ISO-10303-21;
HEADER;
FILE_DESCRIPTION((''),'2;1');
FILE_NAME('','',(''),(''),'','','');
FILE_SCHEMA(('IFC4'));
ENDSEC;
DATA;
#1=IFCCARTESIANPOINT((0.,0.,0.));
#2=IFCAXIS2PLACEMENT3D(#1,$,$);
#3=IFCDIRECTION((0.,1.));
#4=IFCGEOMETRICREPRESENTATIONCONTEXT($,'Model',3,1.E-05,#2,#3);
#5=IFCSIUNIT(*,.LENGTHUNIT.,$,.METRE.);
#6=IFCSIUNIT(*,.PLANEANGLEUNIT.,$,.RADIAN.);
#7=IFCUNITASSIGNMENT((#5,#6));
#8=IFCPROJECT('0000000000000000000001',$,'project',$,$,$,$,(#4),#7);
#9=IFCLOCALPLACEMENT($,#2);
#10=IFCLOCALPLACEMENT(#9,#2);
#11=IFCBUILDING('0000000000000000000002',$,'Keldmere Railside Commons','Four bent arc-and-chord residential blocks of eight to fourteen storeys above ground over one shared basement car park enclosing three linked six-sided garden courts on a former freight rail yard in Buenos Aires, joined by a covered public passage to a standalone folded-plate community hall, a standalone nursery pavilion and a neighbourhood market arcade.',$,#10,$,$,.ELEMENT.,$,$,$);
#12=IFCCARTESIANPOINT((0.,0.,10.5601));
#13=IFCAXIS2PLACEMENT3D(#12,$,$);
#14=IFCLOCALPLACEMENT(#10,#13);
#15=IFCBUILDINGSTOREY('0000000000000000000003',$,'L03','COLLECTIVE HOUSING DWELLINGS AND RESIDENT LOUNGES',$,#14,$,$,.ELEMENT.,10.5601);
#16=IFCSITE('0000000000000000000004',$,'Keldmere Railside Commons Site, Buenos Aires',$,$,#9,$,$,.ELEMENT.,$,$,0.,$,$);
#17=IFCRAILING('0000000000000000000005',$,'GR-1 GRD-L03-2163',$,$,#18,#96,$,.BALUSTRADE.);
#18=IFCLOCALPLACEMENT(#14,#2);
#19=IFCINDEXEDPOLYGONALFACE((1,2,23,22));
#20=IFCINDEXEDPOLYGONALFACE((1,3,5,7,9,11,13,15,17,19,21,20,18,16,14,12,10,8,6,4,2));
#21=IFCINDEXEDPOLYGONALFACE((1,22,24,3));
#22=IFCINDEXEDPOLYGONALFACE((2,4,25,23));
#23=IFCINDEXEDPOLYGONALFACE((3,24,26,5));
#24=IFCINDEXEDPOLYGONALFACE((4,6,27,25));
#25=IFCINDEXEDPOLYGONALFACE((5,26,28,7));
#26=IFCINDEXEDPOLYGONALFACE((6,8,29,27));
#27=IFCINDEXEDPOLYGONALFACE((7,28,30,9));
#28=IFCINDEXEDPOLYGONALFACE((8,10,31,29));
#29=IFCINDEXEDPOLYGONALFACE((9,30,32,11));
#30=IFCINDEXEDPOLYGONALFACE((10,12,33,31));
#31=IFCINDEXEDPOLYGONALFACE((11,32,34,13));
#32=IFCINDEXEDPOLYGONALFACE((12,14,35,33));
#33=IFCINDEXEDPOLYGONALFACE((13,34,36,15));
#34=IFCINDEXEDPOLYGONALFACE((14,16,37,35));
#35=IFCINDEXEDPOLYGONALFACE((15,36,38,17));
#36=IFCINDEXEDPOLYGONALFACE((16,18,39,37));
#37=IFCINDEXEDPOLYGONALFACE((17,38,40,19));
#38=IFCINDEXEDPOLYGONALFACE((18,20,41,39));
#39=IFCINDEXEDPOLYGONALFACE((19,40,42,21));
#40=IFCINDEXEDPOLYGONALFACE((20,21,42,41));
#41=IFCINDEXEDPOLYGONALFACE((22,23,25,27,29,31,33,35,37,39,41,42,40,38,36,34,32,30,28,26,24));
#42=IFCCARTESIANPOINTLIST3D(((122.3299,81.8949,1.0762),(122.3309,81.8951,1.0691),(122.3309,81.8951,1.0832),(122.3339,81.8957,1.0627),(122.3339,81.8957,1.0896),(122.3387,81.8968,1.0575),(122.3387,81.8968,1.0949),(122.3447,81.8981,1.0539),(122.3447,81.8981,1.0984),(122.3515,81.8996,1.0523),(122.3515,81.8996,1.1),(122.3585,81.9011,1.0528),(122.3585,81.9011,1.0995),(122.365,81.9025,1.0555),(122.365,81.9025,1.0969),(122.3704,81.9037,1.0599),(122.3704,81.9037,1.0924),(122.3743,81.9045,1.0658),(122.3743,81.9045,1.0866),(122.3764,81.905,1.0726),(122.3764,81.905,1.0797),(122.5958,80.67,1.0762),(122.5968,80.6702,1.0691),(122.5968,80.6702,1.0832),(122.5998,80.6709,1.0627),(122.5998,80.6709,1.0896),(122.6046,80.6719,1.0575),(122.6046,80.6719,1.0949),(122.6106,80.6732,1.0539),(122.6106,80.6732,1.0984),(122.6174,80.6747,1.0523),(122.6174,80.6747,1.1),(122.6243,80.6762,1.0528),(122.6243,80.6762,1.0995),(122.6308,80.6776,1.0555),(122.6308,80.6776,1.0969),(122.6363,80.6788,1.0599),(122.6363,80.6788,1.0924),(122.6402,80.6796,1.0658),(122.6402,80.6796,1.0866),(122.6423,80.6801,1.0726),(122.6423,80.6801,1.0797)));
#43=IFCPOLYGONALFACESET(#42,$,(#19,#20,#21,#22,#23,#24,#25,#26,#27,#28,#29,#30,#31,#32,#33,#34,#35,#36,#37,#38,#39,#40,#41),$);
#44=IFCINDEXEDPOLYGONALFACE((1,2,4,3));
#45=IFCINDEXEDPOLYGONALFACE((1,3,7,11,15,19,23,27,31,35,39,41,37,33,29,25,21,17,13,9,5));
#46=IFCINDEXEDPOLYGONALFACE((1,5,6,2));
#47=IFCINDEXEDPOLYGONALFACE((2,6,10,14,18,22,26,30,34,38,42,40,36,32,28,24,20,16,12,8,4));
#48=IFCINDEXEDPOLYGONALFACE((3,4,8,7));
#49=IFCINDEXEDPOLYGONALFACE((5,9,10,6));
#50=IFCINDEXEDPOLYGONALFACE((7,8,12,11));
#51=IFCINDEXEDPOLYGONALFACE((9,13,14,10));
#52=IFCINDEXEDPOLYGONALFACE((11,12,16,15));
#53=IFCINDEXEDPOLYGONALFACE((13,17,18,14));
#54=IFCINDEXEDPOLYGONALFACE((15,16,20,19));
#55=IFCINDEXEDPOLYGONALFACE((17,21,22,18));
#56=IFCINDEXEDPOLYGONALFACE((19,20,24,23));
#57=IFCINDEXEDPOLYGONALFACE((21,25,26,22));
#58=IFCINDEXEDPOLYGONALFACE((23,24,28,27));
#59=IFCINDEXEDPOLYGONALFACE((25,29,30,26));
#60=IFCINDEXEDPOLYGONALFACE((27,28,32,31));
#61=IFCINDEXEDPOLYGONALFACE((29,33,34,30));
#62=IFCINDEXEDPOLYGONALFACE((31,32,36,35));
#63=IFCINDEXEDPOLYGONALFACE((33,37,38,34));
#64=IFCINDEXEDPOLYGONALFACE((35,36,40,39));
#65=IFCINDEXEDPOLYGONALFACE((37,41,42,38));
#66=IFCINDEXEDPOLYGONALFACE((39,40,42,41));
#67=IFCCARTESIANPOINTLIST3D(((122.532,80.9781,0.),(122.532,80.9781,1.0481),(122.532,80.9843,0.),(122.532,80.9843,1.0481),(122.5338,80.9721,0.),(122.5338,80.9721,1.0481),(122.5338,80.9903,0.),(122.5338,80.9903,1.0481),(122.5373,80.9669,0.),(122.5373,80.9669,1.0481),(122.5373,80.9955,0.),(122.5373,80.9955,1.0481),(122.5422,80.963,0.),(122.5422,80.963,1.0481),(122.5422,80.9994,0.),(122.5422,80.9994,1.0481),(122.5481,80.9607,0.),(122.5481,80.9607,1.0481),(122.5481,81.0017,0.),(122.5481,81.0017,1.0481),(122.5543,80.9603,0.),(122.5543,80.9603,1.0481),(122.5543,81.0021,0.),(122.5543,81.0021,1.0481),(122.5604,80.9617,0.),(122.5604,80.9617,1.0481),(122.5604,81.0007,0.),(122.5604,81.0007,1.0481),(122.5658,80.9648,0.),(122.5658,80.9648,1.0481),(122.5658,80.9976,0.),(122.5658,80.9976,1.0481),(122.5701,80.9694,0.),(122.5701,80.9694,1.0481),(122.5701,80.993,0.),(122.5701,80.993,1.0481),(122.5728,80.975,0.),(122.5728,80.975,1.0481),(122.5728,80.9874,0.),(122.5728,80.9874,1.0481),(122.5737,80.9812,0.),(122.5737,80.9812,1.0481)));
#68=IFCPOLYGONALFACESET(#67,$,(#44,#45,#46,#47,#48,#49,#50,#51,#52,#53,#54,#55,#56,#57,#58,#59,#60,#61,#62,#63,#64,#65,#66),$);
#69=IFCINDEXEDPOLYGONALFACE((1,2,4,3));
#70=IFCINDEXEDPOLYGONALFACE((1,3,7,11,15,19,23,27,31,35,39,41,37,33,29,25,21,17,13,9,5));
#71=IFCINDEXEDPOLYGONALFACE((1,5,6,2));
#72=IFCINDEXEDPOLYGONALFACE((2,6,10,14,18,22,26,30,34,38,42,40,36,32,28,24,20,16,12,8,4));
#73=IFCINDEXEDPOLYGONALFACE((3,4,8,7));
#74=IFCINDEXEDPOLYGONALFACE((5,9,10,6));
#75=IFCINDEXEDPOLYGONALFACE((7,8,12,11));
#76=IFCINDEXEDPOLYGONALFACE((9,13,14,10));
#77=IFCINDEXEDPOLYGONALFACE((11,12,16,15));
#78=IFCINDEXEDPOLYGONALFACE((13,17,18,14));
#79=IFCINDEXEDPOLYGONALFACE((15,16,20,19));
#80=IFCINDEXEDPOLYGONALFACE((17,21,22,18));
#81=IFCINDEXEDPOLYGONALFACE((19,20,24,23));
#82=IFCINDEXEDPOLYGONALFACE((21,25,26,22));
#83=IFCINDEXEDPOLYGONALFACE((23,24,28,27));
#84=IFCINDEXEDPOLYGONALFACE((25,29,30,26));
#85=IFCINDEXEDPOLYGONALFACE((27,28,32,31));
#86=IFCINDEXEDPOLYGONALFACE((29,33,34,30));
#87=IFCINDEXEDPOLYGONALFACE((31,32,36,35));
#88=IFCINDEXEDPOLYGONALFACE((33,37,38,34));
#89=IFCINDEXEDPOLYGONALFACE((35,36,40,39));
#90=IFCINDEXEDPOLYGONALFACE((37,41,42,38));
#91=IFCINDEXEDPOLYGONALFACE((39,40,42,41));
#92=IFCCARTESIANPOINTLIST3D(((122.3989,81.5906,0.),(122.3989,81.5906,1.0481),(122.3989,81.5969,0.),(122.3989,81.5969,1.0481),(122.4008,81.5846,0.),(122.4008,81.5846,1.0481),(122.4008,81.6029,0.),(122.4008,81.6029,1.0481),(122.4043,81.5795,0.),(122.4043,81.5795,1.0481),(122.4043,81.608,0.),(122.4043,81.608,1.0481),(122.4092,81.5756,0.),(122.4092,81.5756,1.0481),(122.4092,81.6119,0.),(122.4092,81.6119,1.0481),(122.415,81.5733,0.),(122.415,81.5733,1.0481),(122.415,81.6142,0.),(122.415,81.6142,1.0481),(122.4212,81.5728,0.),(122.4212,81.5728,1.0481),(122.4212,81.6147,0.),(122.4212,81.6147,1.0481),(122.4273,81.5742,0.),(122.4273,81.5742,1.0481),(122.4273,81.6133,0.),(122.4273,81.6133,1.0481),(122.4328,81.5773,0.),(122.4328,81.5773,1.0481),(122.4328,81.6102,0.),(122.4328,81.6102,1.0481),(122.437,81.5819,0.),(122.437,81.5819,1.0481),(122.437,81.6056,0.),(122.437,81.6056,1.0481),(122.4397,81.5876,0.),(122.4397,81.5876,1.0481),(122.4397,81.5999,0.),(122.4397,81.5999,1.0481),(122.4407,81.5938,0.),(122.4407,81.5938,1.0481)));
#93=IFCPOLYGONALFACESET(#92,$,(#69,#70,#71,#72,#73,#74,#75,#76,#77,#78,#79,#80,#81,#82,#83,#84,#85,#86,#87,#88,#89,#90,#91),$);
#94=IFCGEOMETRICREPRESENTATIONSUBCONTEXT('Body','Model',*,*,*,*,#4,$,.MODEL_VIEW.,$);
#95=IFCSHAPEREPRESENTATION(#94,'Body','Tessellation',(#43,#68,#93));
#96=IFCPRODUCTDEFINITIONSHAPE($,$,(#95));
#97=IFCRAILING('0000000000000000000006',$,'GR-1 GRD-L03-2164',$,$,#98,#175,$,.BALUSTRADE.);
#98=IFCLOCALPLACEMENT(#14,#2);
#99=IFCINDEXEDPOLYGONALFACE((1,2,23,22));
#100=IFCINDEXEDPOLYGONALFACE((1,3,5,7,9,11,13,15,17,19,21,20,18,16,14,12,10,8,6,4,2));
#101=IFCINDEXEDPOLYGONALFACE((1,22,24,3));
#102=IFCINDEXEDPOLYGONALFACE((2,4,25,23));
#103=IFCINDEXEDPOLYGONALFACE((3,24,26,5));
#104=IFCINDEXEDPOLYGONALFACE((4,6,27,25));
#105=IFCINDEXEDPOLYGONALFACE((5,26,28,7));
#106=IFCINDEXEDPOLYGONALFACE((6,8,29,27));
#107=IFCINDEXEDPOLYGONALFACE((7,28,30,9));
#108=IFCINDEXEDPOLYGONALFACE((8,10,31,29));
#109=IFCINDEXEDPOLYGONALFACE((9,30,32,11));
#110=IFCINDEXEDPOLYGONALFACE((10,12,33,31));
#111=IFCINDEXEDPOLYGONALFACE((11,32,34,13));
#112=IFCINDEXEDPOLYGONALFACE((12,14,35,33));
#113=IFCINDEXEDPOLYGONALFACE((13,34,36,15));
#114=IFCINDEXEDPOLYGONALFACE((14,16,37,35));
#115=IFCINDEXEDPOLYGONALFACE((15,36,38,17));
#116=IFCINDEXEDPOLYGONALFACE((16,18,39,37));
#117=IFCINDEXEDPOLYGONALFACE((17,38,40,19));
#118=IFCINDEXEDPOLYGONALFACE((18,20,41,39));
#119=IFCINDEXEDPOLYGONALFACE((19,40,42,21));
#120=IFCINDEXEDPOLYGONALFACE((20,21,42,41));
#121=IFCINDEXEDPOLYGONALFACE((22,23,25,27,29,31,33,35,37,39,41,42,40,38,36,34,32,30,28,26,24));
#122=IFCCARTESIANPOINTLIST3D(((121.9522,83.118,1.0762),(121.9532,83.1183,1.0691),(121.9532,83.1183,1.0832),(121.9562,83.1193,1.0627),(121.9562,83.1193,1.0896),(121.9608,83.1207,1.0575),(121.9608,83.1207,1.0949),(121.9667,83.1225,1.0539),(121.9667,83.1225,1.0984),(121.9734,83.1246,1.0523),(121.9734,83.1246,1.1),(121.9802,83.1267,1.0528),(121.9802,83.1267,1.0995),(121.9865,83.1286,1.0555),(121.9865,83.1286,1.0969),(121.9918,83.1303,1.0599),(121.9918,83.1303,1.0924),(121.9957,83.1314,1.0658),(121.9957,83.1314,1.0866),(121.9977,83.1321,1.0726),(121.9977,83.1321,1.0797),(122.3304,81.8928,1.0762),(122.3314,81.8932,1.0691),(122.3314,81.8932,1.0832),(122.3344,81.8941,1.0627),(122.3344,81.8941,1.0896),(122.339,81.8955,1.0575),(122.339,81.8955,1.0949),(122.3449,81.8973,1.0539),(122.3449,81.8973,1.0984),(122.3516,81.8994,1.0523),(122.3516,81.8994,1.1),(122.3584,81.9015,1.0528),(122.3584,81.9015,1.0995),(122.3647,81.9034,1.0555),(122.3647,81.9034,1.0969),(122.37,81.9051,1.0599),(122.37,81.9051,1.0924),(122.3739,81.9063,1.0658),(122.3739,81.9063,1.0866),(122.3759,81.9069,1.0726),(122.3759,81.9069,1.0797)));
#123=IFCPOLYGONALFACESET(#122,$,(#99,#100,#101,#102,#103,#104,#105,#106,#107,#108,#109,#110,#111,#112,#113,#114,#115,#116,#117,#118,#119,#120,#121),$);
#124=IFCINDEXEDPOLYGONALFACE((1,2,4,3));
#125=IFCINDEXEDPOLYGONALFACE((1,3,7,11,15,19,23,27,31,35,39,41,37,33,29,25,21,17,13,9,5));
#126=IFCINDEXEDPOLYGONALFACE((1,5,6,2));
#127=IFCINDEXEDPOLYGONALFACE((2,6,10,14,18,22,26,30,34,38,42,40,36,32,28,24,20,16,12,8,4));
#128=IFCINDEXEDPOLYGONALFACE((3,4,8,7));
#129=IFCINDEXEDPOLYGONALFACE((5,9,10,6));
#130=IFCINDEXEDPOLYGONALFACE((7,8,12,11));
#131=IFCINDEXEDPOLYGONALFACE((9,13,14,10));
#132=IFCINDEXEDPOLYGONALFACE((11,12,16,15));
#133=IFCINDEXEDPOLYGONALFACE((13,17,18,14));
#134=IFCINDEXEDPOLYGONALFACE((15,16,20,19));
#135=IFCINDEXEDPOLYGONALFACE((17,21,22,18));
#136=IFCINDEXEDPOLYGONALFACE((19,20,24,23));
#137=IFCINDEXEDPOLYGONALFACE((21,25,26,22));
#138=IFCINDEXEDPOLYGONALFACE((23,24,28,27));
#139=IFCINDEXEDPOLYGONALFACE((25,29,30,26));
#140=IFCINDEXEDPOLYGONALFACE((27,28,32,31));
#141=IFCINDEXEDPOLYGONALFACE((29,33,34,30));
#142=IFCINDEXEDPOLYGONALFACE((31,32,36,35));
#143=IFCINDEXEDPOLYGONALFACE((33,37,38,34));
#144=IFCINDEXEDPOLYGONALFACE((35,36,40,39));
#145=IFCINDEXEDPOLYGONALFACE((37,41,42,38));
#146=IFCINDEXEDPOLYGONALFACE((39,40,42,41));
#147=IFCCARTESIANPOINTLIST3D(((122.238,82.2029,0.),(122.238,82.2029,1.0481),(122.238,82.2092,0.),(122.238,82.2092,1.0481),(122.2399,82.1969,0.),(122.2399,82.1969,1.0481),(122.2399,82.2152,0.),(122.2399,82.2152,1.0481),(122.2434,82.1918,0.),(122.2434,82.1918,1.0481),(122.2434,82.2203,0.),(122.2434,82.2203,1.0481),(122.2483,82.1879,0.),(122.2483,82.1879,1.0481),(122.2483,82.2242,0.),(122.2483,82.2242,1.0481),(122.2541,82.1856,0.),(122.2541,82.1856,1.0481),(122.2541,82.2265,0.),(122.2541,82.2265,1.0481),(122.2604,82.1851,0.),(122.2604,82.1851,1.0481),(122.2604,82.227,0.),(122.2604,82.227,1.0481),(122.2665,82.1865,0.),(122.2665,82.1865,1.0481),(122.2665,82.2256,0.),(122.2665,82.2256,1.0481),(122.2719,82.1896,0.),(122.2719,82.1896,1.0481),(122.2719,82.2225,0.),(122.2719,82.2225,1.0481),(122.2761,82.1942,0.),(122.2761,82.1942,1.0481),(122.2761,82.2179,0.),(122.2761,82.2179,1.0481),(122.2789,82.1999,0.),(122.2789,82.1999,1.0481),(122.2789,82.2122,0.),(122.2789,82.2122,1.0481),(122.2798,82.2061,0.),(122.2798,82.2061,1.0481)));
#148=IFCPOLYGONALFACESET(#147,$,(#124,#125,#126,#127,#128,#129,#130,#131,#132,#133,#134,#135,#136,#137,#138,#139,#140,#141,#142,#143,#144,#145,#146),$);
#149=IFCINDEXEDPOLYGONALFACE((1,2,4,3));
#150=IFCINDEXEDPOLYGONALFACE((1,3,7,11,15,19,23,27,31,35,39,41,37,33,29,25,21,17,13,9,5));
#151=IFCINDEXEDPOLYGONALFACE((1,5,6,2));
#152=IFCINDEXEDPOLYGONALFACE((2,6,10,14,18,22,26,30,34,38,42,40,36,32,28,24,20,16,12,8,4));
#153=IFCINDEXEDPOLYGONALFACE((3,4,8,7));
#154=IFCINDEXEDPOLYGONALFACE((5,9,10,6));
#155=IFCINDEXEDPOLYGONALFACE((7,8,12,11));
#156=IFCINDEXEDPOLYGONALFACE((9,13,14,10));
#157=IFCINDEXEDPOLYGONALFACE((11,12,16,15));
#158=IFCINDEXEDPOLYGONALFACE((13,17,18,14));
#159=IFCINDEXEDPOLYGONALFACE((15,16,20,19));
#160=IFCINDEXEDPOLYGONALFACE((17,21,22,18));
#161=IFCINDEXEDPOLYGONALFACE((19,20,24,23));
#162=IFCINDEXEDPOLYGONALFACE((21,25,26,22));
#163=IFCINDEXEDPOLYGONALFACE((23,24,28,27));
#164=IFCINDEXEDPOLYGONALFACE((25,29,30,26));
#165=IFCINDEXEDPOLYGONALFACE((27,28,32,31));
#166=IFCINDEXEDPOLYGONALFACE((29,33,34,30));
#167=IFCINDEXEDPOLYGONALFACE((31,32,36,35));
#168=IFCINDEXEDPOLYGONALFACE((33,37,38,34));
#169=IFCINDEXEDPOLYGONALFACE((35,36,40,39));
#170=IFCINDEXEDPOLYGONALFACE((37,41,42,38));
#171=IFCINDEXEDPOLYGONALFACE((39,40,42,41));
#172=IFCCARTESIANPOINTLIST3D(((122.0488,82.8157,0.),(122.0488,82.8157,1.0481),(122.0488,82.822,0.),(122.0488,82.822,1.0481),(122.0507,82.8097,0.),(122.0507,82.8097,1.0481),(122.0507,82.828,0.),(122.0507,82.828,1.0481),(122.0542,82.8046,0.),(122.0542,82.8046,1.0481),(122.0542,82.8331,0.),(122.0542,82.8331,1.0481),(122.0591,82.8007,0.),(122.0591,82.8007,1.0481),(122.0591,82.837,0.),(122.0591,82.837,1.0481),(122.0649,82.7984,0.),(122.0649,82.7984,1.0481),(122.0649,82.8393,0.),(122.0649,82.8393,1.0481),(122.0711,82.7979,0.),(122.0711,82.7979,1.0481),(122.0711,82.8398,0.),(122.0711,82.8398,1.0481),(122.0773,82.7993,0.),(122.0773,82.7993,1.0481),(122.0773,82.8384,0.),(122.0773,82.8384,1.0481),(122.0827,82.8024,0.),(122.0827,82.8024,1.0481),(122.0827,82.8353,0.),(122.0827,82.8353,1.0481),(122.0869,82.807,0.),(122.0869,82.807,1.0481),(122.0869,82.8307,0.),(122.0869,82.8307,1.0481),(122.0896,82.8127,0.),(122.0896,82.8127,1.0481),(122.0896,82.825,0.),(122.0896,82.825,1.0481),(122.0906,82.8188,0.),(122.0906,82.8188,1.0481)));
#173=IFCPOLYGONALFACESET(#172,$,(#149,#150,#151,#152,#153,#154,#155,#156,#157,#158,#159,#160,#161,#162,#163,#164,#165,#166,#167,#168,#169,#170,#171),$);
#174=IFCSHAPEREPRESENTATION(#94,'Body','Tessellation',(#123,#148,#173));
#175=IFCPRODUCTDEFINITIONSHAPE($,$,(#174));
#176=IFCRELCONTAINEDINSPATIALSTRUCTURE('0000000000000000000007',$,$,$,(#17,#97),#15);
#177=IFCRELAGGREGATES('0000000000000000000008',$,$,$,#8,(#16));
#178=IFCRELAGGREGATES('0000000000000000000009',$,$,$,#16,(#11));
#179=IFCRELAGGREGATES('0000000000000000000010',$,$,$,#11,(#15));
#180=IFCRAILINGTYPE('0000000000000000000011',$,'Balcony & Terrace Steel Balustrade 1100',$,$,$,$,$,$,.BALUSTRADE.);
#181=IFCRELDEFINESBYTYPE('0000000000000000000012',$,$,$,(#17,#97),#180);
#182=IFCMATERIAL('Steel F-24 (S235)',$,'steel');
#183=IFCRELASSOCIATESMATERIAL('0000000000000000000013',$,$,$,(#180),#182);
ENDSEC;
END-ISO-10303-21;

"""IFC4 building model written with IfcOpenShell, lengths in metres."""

from ifc_helpers import new_model, si_unit, direction, frame, origin, origin_2d, place, context, subcontext, project, spatial, circle, extrude, material, type_object, element, save


model = new_model("IFC4")

# Units and contexts
model_context = context("Model", 3, precision=1e-05, world=origin(), true_north=direction((0.0, 1.0)))
body_context = subcontext(model_context, "Body", "Model", "MODEL_VIEW")
ifc_project = project(units=[si_unit("LENGTHUNIT", "METRE"), si_unit("PLANEANGLEUNIT", "RADIAN")], contexts=[model_context])

# Site, building, storey
site_placement = place(None, origin())
site = spatial("IfcSite", under=ifc_project, at=site_placement, Name="Keldmere Railside Commons Site, Buenos Aires", CompositionType="ELEMENT", RefElevation=0.0)
building_placement = place(site_placement, origin())
building = spatial("IfcBuilding", under=site, at=building_placement, Name="Keldmere Railside Commons", Description="Four bent arc-and-chord residential blocks of eight to fourteen storeys above ground over one shared basement car park enclosing three linked six-sided garden courts on a former freight rail yard in Buenos Aires, joined by a covered public passage to a standalone folded-plate community hall, a standalone nursery pavilion and a neighbourhood market arcade.", CompositionType="ELEMENT")
storey_placement = place(building_placement, frame((0.0, 0.0, 10.5601)))
storey = spatial("IfcBuildingStorey", under=building, at=storey_placement, Name="L03", Description="COLLECTIVE HOUSING DWELLINGS AND RESIDENT LOUNGES", CompositionType="ELEMENT", Elevation=10.5601)

# Railings
ifc_material_1 = material(Name="Steel F-24 (S235)", Category="steel")
railing_type = type_object("IfcRailingType", Name="Balcony & Terrace Steel Balustrade 1100", PredefinedType="BALUSTRADE", material=ifc_material_1)
railing_1_placement = place(storey_placement, frame((122.6191, 80.675, 0.0)))
element("IfcRailing", 1, at=railing_1_placement, inside=storey, type_object=railing_type, Name="GR-1 GRD-L03-2163", PredefinedType="BALUSTRADE", context=body_context, shape_type="SweptSolid", body=[
    extrude(circle(Radius=0.0239, at=origin_2d()), frame((0.0, 0.0, 1.0762), z_axis=(-0.212122, 0.977243, 0.0), x_axis=(-0.977243, -0.212122, 0.0)), (0.0, 0.0, 1.0), 1.2534),
    extrude(circle(Radius=0.021, at=origin_2d()), frame((-0.0664, 0.3062, 0.0)), (0.0, 0.0, 1.0), 1.0481),
    extrude(circle(Radius=0.021, at=origin_2d()), frame((-0.1995, 0.9187, 0.0)), (0.0, 0.0, 1.0), 1.0481),
])
railing_2_placement = place(storey_placement, frame((122.3533, 81.8999, 0.0)))
element("IfcRailing", 2, at=railing_2_placement, inside=storey, type_object=railing_type, Name="GR-1 GRD-L03-2164", PredefinedType="BALUSTRADE", context=body_context, shape_type="SweptSolid", body=[
    extrude(circle(Radius=0.0239, at=origin_2d()), frame((0.0, 0.0, 1.0762), z_axis=(-0.294955, 0.955511, 0.0), x_axis=(-0.955511, -0.294955, 0.0)), (0.0, 0.0, 1.0), 1.2822),
    extrude(circle(Radius=0.021, at=origin_2d()), frame((-0.0945, 0.3062, 0.0)), (0.0, 0.0, 1.0), 1.0481),
    extrude(circle(Radius=0.021, at=origin_2d()), frame((-0.2837, 0.9189, 0.0)), (0.0, 0.0, 1.0), 1.0481),
])

save(model, "model.ifc")
